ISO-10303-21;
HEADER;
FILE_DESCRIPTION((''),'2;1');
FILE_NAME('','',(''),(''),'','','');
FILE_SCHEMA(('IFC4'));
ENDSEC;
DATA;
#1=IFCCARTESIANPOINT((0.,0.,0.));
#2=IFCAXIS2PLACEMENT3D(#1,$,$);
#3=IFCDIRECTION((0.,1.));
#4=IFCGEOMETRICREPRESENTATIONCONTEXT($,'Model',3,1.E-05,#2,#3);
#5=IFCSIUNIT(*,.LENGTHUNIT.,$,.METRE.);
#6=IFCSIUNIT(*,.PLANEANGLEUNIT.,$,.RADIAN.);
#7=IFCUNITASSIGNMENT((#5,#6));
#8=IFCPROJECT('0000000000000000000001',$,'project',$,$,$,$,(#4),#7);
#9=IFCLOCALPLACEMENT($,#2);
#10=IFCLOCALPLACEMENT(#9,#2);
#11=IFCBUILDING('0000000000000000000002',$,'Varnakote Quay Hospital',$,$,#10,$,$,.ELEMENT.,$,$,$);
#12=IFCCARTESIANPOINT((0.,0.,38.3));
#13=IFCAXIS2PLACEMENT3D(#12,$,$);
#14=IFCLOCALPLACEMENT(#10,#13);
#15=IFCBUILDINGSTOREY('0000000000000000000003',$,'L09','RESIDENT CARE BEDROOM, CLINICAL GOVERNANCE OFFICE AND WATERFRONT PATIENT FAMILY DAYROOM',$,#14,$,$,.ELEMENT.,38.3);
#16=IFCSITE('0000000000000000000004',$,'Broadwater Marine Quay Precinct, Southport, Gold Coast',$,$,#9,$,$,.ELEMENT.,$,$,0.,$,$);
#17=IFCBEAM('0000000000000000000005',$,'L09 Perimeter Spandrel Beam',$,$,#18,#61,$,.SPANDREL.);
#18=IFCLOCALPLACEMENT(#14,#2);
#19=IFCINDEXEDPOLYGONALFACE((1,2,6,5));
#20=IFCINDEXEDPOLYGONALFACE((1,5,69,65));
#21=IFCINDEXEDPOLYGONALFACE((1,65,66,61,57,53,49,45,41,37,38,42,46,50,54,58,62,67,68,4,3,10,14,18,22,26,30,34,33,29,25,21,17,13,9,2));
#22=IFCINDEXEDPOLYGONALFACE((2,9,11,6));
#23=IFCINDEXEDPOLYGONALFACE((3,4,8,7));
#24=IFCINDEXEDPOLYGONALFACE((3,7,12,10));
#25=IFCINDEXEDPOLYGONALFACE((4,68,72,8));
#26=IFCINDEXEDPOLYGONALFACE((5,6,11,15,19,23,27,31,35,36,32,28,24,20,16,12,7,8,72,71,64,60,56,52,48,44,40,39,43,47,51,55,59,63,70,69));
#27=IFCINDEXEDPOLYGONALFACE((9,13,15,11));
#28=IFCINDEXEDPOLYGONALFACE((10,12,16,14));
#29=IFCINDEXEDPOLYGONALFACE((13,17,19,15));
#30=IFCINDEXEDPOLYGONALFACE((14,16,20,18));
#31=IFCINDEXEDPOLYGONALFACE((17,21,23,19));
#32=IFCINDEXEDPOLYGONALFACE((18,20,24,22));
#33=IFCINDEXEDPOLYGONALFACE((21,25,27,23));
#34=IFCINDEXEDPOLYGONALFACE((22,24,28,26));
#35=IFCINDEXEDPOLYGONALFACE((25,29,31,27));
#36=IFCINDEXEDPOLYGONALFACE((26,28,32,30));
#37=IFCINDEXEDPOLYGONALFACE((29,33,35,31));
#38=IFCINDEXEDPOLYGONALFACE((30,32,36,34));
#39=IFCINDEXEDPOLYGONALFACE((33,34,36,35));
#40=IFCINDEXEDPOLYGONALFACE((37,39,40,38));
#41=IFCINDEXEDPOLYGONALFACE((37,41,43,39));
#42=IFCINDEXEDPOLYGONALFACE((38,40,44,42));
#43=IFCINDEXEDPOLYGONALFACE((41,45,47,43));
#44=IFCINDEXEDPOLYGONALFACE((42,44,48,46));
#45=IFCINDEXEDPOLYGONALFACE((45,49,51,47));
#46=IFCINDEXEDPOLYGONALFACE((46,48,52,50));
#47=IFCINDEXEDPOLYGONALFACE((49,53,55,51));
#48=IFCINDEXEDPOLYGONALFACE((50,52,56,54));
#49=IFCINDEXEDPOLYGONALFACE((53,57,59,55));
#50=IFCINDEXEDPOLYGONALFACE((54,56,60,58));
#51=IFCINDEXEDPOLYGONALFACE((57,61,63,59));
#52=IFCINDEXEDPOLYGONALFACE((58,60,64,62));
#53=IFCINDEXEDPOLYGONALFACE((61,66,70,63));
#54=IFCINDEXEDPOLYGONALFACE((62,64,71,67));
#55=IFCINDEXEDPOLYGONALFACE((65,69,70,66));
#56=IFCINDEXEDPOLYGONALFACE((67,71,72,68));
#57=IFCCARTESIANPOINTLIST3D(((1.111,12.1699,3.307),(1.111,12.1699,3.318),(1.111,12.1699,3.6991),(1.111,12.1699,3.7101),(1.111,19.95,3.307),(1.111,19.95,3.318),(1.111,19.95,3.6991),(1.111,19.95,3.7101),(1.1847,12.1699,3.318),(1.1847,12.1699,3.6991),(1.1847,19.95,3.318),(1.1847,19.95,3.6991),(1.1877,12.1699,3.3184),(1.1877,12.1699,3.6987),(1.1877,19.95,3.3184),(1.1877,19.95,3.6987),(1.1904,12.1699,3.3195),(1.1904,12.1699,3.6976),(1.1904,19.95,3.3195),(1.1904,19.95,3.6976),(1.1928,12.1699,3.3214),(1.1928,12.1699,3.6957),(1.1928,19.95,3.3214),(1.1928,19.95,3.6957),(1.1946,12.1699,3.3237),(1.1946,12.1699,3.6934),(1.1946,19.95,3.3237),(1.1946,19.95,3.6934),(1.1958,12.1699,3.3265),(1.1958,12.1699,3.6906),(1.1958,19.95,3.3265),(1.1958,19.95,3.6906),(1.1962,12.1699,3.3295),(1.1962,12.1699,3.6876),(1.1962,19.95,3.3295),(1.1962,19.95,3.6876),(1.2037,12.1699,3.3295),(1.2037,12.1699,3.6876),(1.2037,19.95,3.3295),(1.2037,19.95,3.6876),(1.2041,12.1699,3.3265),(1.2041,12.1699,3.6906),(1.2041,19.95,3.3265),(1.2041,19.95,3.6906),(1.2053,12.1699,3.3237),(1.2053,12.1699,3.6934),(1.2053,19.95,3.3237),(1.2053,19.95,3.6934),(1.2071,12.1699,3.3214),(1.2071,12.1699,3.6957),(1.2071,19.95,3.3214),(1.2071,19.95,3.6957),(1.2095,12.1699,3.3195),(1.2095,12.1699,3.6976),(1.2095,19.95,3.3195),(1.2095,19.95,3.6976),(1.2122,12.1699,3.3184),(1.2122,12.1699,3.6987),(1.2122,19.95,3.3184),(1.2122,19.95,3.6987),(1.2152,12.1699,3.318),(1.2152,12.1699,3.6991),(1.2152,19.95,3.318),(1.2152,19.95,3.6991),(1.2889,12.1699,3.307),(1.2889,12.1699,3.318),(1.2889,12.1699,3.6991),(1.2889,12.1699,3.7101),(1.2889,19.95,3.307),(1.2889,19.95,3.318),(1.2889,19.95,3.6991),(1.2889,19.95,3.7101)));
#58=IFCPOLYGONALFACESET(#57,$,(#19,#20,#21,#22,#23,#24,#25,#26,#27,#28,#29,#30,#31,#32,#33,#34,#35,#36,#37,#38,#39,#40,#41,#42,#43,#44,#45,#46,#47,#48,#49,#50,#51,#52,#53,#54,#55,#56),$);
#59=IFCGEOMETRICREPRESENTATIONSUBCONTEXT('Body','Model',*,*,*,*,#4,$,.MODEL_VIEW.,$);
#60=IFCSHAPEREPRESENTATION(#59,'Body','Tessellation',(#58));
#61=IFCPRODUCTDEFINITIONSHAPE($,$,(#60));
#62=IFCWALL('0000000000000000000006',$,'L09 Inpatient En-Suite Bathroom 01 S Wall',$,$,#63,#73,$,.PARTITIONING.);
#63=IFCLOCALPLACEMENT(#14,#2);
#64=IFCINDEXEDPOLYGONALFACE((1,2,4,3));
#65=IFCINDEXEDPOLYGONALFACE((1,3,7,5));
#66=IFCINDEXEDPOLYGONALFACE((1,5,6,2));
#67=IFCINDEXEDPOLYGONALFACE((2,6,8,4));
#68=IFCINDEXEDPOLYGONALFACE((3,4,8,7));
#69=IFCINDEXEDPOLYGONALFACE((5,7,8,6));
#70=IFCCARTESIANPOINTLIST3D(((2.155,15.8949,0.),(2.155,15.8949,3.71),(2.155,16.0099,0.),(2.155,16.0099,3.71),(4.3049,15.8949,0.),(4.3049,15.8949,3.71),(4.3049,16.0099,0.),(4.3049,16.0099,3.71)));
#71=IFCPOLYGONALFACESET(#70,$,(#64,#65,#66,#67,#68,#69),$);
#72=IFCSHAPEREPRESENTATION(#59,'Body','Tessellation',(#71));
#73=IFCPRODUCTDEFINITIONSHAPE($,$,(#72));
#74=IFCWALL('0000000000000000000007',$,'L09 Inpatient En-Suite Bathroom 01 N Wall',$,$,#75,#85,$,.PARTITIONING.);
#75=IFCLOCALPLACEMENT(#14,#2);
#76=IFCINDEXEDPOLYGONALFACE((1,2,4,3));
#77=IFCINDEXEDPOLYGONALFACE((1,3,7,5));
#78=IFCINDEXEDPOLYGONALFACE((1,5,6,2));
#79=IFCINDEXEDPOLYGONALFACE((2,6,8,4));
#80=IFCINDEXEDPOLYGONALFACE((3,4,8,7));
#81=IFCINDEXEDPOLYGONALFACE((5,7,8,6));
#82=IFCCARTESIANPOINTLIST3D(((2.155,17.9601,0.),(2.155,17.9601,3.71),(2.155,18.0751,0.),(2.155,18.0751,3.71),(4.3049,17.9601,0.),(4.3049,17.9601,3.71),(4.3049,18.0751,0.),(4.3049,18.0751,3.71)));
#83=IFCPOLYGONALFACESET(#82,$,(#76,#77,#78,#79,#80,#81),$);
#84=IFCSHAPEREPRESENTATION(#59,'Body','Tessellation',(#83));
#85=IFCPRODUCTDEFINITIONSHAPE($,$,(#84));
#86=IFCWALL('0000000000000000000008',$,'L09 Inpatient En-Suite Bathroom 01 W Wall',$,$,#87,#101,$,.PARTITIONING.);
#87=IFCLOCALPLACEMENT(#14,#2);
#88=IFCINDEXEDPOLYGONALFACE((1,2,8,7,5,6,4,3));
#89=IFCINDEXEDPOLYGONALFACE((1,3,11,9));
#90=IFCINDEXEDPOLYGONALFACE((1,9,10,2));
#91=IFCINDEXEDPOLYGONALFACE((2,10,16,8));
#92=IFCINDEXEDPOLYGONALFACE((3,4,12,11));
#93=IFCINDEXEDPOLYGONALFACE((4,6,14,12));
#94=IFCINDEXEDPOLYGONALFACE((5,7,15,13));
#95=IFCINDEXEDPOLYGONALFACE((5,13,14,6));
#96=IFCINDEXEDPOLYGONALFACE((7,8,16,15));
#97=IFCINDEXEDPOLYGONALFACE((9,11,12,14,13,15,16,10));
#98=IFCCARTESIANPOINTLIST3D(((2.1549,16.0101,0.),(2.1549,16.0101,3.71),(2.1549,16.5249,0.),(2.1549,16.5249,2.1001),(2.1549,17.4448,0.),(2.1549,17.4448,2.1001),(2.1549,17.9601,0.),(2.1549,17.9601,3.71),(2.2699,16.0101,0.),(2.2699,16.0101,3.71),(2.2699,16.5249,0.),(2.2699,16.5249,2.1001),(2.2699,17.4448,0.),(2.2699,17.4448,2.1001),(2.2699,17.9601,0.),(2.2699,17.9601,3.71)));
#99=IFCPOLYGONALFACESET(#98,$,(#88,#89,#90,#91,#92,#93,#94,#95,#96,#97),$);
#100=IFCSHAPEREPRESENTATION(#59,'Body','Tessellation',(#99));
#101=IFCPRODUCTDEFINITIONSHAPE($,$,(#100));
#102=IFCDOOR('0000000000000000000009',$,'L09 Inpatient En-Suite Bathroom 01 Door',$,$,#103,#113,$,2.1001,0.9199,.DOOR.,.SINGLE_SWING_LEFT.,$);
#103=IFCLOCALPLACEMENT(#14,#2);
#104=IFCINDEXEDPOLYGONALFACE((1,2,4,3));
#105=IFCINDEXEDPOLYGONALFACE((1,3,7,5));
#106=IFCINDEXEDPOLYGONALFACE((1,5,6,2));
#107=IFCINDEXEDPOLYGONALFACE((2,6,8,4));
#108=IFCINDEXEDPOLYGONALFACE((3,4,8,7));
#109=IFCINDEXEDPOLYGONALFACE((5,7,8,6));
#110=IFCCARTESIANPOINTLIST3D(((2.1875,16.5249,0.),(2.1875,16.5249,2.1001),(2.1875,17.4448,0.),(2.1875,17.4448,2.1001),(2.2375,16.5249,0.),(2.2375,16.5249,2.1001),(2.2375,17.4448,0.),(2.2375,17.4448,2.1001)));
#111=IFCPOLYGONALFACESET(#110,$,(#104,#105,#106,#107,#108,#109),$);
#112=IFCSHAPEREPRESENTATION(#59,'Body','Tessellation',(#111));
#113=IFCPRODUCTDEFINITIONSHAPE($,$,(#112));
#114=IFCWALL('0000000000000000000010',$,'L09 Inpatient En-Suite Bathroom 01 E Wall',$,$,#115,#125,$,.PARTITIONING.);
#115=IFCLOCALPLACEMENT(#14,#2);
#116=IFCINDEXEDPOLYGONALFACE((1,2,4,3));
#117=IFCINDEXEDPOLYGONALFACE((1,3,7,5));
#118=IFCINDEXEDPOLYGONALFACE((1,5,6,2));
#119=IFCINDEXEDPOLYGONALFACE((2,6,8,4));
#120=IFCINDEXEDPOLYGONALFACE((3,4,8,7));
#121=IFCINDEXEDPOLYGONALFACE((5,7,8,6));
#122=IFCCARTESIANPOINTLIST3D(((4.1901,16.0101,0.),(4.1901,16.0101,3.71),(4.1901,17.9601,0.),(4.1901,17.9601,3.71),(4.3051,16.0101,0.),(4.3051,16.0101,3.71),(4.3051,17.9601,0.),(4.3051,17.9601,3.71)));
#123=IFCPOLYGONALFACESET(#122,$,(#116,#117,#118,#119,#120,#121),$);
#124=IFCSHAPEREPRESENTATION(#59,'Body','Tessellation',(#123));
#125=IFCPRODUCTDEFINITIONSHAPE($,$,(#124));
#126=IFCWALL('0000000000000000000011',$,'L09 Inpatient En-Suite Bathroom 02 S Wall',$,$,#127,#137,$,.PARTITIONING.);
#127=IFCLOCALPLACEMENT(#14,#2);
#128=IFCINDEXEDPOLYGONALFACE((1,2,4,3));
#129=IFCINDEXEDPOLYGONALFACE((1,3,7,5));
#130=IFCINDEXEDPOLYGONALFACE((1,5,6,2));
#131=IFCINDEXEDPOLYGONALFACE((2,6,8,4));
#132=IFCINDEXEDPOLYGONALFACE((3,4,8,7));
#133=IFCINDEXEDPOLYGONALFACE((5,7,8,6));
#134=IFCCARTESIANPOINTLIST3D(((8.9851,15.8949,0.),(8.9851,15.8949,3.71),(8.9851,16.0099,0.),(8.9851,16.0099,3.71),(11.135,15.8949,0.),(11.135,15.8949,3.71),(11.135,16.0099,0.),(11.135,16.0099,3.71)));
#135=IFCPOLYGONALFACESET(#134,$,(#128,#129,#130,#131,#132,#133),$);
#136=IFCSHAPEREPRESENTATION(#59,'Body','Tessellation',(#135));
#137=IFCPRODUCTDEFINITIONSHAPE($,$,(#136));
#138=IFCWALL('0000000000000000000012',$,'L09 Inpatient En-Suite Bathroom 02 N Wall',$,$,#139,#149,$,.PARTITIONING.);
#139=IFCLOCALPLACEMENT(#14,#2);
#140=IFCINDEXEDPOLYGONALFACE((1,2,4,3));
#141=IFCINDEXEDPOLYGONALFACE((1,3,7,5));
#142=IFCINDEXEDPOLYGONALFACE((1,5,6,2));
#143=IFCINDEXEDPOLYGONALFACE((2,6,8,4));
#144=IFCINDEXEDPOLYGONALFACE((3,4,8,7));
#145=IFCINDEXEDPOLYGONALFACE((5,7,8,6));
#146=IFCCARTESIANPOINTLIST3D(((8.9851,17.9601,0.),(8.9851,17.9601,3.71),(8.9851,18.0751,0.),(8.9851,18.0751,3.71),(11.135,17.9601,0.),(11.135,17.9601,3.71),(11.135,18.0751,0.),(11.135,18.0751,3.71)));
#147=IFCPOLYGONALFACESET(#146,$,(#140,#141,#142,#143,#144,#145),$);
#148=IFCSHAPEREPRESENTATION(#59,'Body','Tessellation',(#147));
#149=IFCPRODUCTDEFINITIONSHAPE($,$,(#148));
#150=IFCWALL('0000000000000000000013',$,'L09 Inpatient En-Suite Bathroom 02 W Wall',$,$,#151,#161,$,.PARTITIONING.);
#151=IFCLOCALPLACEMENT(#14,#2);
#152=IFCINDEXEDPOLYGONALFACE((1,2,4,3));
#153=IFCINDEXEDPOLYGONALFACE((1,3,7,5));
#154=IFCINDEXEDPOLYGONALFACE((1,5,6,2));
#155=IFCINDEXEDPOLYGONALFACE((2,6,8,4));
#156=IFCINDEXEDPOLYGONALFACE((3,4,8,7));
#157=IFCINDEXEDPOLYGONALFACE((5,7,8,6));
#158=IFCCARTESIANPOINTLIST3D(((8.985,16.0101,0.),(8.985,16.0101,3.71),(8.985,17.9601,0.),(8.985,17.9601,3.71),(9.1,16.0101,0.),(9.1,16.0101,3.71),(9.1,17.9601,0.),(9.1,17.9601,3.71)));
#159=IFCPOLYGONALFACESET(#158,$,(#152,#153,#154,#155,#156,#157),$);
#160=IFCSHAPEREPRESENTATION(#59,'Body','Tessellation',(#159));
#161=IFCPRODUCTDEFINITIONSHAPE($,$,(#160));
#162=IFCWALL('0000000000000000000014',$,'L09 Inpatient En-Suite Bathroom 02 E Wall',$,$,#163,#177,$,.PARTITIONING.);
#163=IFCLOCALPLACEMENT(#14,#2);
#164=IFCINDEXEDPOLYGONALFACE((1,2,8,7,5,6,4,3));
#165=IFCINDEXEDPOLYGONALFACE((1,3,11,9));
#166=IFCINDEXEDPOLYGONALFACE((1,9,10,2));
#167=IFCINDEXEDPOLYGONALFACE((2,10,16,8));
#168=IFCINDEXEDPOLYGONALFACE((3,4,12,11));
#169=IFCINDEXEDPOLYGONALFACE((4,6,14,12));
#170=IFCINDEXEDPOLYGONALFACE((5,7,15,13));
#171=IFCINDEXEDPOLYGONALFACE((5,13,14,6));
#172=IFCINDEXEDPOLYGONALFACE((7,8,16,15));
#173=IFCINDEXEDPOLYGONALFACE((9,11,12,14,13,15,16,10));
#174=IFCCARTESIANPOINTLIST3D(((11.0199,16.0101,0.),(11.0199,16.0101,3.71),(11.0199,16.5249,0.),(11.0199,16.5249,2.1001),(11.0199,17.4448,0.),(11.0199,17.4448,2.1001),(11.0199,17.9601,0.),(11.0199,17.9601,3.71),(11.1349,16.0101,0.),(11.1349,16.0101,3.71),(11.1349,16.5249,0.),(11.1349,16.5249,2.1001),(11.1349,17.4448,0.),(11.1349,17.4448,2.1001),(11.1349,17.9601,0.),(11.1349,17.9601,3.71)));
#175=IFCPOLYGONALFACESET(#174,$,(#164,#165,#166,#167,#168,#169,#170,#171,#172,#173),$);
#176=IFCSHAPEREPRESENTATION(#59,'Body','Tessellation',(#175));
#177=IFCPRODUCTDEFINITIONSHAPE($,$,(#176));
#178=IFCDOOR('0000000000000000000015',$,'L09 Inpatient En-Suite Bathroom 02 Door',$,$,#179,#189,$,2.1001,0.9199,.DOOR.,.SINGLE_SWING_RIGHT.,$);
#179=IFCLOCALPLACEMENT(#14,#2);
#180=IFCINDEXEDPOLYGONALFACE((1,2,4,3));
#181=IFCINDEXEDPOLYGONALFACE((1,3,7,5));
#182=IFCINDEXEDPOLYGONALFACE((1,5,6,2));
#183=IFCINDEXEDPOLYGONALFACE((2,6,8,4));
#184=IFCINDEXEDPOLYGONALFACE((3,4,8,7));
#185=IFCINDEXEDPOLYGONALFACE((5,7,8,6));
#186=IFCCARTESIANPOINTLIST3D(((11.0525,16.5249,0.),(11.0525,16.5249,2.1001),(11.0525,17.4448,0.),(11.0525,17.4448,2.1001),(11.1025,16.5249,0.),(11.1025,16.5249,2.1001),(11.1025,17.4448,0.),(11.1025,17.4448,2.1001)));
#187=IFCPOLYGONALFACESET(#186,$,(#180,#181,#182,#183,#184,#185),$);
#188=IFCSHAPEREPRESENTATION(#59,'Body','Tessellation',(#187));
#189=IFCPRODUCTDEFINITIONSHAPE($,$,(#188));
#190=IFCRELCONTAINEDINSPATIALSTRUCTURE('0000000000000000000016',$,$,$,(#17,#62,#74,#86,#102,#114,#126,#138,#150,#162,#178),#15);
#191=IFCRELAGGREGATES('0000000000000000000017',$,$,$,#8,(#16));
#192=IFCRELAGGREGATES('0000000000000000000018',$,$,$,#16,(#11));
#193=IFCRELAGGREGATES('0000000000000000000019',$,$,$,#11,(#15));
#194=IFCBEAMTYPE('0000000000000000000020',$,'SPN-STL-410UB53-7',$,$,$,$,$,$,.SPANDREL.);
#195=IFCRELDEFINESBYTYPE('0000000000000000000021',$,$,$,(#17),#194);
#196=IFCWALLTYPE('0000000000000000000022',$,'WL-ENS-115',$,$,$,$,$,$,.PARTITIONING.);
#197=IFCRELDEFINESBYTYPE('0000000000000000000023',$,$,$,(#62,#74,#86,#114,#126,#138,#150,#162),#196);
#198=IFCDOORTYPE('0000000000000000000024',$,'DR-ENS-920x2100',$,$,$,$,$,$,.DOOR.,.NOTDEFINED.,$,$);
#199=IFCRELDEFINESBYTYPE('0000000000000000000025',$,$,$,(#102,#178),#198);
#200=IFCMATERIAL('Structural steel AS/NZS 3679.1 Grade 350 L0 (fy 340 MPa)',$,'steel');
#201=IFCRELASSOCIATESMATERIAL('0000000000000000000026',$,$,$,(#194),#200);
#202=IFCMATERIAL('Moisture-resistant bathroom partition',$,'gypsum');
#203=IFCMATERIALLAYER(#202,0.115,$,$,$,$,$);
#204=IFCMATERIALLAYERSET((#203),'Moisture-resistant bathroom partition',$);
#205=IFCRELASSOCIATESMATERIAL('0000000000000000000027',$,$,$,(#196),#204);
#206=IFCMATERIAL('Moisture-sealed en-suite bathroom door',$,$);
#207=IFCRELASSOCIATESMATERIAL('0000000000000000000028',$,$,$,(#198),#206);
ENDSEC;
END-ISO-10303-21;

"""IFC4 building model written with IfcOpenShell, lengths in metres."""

from ifc_helpers import new_model, si_unit, direction, frame, frame_2d, origin, origin_2d, place, context, subcontext, project, spatial, rectangle, i_section, extrude, material, layer, layer_set, material_profile, profile_set, type_object, element, fill, save


model = new_model("IFC4")

# Units and contexts
model_context = context("Model", 3, precision=1e-05, world=origin(), true_north=direction((0.0, 1.0)))
body_context = subcontext(model_context, "Body", "Model", "MODEL_VIEW")
ifc_project = project(units=[si_unit("LENGTHUNIT", "METRE"), si_unit("PLANEANGLEUNIT", "RADIAN")], contexts=[model_context])

# Site, building, storey
site_placement = place(None, origin())
site = spatial("IfcSite", under=ifc_project, at=site_placement, Name="Broadwater Marine Quay Precinct, Southport, Gold Coast", CompositionType="ELEMENT", RefElevation=0.0)
building_placement = place(site_placement, origin())
building = spatial("IfcBuilding", under=site, at=building_placement, Name="Varnakote Quay Hospital", CompositionType="ELEMENT")
storey_placement = place(building_placement, frame((0.0, 0.0, 38.3)))
storey = spatial("IfcBuildingStorey", under=building, at=storey_placement, Name="L09", Description="RESIDENT CARE BEDROOM, CLINICAL GOVERNANCE OFFICE AND WATERFRONT PATIENT FAMILY DAYROOM", CompositionType="ELEMENT", Elevation=38.3)

# Beam
ifc_material_1 = material(Name="Structural steel AS/NZS 3679.1 Grade 350 L0 (fy 340 MPa)", Category="steel")
ifc_material_profile_1 = material_profile(ifc_material_1, i_section(OverallWidth=0.178, OverallDepth=0.4031, WebThickness=0.0076, FlangeThickness=0.011, FilletRadius=0.0115, at=origin_2d()), Name="410UB53.7")
ifc_profile_set_1 = profile_set([ifc_material_profile_1], Name="Structural steel AS/NZS 3679.1 Grade 350 L0 (fy 340 MPa)")
beam_type_1 = type_object("IfcBeamType", Name="SPN-STL-410UB53-7", PredefinedType="SPANDREL", material=ifc_profile_set_1)
beam_1_placement = place(storey_placement, frame((1.2, 12.1699, 3.5085), z_axis=(0.0, 1.0, 0.0), x_axis=(-1.0, 0.0, 0.0)))
element("IfcBeam", 1, at=beam_1_placement, inside=storey, type_object=beam_type_1, Name="L09 Perimeter Spandrel Beam", PredefinedType="SPANDREL", context=body_context, shape_type="SweptSolid", body=[
    extrude(i_section(OverallWidth=0.178, OverallDepth=0.4031, WebThickness=0.0076, FlangeThickness=0.011, FilletRadius=0.0115, at=origin_2d()), origin(), (0.0, 0.0, 1.0), 7.78),
])

# Walls
ifc_material_2 = material(Name="Moisture-resistant bathroom partition", Category="gypsum")
ifc_layer_1 = layer(ifc_material_2, 0.115)
ifc_layer_set_1 = layer_set([ifc_layer_1], Name="Moisture-resistant bathroom partition")
wall_type_1 = type_object("IfcWallType", Name="WL-ENS-115", PredefinedType="PARTITIONING", material=ifc_layer_set_1)
for number, where, z_axis, x_axis, name in (
    (2, (2.155, 15.9524, 0.0), (0.0, 0.0, 1.0), (1.0, 0.0, 0.0), "L09 Inpatient En-Suite Bathroom 01 S Wall"),
    (3, (2.155, 18.0176, 0.0), (0.0, 0.0, 1.0), (1.0, 0.0, 0.0), "L09 Inpatient En-Suite Bathroom 01 N Wall"),
):
    element("IfcWall", number, at=place(storey_placement, frame(where, z_axis=z_axis, x_axis=x_axis)), inside=storey, type_object=wall_type_1, Name=name, PredefinedType="PARTITIONING", context=body_context, shape_type="SweptSolid", body=[
        extrude(rectangle(XDim=2.1499, YDim=0.115, at=frame_2d((1.075, 0.0))), origin(), (0.0, 0.0, 1.0), 3.71),
    ])

# Wall, opening, door
wall_1_placement = place(storey_placement, frame((2.2124, 16.01, 0.0), z_axis=(0.0, 0.0, 1.0), x_axis=(0.0, 1.0, 0.0)))
wall_1 = element("IfcWall", 4, at=wall_1_placement, inside=storey, type_object=wall_type_1, Name="L09 Inpatient En-Suite Bathroom 01 W Wall", PredefinedType="PARTITIONING", context=body_context, shape_type="SweptSolid", body=[
    extrude(rectangle(XDim=1.95, YDim=0.115, at=frame_2d((0.9751, 0.0))), origin(), (0.0, 0.0, 1.0), 3.71),
])
opening_1_placement = place(wall_1_placement, frame((0.5149, 0.0, 0.0)))
opening_1 = element("IfcOpeningElement", 5, at=opening_1_placement, cuts=wall_1, PredefinedType="OPENING", context=body_context, shape_type="SweptSolid", body=[
    extrude(rectangle(XDim=0.9199, YDim=2.1001, at=frame_2d((0.46, 1.05))), frame((0.0, 0.0674, 0.0), z_axis=(0.0, -1.0, 0.0), x_axis=(1.0, 0.0, 0.0)), (0.0, 0.0, 1.0), 0.135),
])
ifc_material_3 = material(Name="Moisture-sealed en-suite bathroom door")
door_type_1 = type_object("IfcDoorType", Name="DR-ENS-920x2100", OperationType="NOTDEFINED", PredefinedType="DOOR", material=ifc_material_3)
door_1_placement = place(opening_1_placement, origin())
door_1 = element("IfcDoor", 6, at=door_1_placement, inside=storey, type_object=door_type_1, Name="L09 Inpatient En-Suite Bathroom 01 Door", OperationType="SINGLE_SWING_LEFT", OverallHeight=2.1001, OverallWidth=0.9199, PredefinedType="DOOR", context=body_context, shape_type="SweptSolid", body=[
    extrude(rectangle(XDim=0.9199, YDim=2.1001, at=frame_2d((0.46, 1.05))), frame((0.0, 0.0249, 0.0), z_axis=(0.0, -1.0, 0.0), x_axis=(1.0, 0.0, 0.0)), (0.0, 0.0, 1.0), 0.05),
])
fill(opening_1, door_1)

# Walls
wall_2_placement = place(storey_placement, frame((4.2476, 16.01, 0.0), z_axis=(0.0, 0.0, 1.0), x_axis=(0.0, 1.0, 0.0)))
element("IfcWall", 7, at=wall_2_placement, inside=storey, type_object=wall_type_1, Name="L09 Inpatient En-Suite Bathroom 01 E Wall", PredefinedType="PARTITIONING", context=body_context, shape_type="SweptSolid", body=[
    extrude(rectangle(XDim=1.95, YDim=0.115, at=frame_2d((0.9751, 0.0))), origin(), (0.0, 0.0, 1.0), 3.71),
])
for number, where, z_axis, x_axis, name in (
    (8, (8.9851, 15.9524, 0.0), (0.0, 0.0, 1.0), (1.0, 0.0, 0.0), "L09 Inpatient En-Suite Bathroom 02 S Wall"),
    (9, (8.9851, 18.0176, 0.0), (0.0, 0.0, 1.0), (1.0, 0.0, 0.0), "L09 Inpatient En-Suite Bathroom 02 N Wall"),
):
    element("IfcWall", number, at=place(storey_placement, frame(where, z_axis=z_axis, x_axis=x_axis)), inside=storey, type_object=wall_type_1, Name=name, PredefinedType="PARTITIONING", context=body_context, shape_type="SweptSolid", body=[
        extrude(rectangle(XDim=2.1499, YDim=0.115, at=frame_2d((1.075, 0.0))), origin(), (0.0, 0.0, 1.0), 3.71),
    ])
wall_3_placement = place(storey_placement, frame((9.0425, 16.01, 0.0), z_axis=(0.0, 0.0, 1.0), x_axis=(0.0, 1.0, 0.0)))
element("IfcWall", 10, at=wall_3_placement, inside=storey, type_object=wall_type_1, Name="L09 Inpatient En-Suite Bathroom 02 W Wall", PredefinedType="PARTITIONING", context=body_context, shape_type="SweptSolid", body=[
    extrude(rectangle(XDim=1.95, YDim=0.115, at=frame_2d((0.9751, 0.0))), origin(), (0.0, 0.0, 1.0), 3.71),
])

# Wall, opening, door
wall_4_placement = place(storey_placement, frame((11.0774, 16.01, 0.0), z_axis=(0.0, 0.0, 1.0), x_axis=(0.0, 1.0, 0.0)))
wall_4 = element("IfcWall", 11, at=wall_4_placement, inside=storey, type_object=wall_type_1, Name="L09 Inpatient En-Suite Bathroom 02 E Wall", PredefinedType="PARTITIONING", context=body_context, shape_type="SweptSolid", body=[
    extrude(rectangle(XDim=1.95, YDim=0.115, at=frame_2d((0.9751, 0.0))), origin(), (0.0, 0.0, 1.0), 3.71),
])
opening_2_placement = place(wall_4_placement, frame((0.5149, 0.0, 0.0)))
opening_2 = element("IfcOpeningElement", 12, at=opening_2_placement, cuts=wall_4, PredefinedType="OPENING", context=body_context, shape_type="SweptSolid", body=[
    extrude(rectangle(XDim=0.9199, YDim=2.1001, at=frame_2d((0.46, 1.05))), frame((0.0, 0.0674, 0.0), z_axis=(0.0, -1.0, 0.0), x_axis=(1.0, 0.0, 0.0)), (0.0, 0.0, 1.0), 0.135),
])
door_2_placement = place(opening_2_placement, origin())
door_2 = element("IfcDoor", 13, at=door_2_placement, inside=storey, type_object=door_type_1, Name="L09 Inpatient En-Suite Bathroom 02 Door", OperationType="SINGLE_SWING_RIGHT", OverallHeight=2.1001, OverallWidth=0.9199, PredefinedType="DOOR", context=body_context, shape_type="SweptSolid", body=[
    extrude(rectangle(XDim=0.9199, YDim=2.1001, at=frame_2d((0.46, 1.05))), frame((0.0, 0.0249, 0.0), z_axis=(0.0, -1.0, 0.0), x_axis=(1.0, 0.0, 0.0)), (0.0, 0.0, 1.0), 0.05),
])
fill(opening_2, door_2)

save(model, "model.ifc")
